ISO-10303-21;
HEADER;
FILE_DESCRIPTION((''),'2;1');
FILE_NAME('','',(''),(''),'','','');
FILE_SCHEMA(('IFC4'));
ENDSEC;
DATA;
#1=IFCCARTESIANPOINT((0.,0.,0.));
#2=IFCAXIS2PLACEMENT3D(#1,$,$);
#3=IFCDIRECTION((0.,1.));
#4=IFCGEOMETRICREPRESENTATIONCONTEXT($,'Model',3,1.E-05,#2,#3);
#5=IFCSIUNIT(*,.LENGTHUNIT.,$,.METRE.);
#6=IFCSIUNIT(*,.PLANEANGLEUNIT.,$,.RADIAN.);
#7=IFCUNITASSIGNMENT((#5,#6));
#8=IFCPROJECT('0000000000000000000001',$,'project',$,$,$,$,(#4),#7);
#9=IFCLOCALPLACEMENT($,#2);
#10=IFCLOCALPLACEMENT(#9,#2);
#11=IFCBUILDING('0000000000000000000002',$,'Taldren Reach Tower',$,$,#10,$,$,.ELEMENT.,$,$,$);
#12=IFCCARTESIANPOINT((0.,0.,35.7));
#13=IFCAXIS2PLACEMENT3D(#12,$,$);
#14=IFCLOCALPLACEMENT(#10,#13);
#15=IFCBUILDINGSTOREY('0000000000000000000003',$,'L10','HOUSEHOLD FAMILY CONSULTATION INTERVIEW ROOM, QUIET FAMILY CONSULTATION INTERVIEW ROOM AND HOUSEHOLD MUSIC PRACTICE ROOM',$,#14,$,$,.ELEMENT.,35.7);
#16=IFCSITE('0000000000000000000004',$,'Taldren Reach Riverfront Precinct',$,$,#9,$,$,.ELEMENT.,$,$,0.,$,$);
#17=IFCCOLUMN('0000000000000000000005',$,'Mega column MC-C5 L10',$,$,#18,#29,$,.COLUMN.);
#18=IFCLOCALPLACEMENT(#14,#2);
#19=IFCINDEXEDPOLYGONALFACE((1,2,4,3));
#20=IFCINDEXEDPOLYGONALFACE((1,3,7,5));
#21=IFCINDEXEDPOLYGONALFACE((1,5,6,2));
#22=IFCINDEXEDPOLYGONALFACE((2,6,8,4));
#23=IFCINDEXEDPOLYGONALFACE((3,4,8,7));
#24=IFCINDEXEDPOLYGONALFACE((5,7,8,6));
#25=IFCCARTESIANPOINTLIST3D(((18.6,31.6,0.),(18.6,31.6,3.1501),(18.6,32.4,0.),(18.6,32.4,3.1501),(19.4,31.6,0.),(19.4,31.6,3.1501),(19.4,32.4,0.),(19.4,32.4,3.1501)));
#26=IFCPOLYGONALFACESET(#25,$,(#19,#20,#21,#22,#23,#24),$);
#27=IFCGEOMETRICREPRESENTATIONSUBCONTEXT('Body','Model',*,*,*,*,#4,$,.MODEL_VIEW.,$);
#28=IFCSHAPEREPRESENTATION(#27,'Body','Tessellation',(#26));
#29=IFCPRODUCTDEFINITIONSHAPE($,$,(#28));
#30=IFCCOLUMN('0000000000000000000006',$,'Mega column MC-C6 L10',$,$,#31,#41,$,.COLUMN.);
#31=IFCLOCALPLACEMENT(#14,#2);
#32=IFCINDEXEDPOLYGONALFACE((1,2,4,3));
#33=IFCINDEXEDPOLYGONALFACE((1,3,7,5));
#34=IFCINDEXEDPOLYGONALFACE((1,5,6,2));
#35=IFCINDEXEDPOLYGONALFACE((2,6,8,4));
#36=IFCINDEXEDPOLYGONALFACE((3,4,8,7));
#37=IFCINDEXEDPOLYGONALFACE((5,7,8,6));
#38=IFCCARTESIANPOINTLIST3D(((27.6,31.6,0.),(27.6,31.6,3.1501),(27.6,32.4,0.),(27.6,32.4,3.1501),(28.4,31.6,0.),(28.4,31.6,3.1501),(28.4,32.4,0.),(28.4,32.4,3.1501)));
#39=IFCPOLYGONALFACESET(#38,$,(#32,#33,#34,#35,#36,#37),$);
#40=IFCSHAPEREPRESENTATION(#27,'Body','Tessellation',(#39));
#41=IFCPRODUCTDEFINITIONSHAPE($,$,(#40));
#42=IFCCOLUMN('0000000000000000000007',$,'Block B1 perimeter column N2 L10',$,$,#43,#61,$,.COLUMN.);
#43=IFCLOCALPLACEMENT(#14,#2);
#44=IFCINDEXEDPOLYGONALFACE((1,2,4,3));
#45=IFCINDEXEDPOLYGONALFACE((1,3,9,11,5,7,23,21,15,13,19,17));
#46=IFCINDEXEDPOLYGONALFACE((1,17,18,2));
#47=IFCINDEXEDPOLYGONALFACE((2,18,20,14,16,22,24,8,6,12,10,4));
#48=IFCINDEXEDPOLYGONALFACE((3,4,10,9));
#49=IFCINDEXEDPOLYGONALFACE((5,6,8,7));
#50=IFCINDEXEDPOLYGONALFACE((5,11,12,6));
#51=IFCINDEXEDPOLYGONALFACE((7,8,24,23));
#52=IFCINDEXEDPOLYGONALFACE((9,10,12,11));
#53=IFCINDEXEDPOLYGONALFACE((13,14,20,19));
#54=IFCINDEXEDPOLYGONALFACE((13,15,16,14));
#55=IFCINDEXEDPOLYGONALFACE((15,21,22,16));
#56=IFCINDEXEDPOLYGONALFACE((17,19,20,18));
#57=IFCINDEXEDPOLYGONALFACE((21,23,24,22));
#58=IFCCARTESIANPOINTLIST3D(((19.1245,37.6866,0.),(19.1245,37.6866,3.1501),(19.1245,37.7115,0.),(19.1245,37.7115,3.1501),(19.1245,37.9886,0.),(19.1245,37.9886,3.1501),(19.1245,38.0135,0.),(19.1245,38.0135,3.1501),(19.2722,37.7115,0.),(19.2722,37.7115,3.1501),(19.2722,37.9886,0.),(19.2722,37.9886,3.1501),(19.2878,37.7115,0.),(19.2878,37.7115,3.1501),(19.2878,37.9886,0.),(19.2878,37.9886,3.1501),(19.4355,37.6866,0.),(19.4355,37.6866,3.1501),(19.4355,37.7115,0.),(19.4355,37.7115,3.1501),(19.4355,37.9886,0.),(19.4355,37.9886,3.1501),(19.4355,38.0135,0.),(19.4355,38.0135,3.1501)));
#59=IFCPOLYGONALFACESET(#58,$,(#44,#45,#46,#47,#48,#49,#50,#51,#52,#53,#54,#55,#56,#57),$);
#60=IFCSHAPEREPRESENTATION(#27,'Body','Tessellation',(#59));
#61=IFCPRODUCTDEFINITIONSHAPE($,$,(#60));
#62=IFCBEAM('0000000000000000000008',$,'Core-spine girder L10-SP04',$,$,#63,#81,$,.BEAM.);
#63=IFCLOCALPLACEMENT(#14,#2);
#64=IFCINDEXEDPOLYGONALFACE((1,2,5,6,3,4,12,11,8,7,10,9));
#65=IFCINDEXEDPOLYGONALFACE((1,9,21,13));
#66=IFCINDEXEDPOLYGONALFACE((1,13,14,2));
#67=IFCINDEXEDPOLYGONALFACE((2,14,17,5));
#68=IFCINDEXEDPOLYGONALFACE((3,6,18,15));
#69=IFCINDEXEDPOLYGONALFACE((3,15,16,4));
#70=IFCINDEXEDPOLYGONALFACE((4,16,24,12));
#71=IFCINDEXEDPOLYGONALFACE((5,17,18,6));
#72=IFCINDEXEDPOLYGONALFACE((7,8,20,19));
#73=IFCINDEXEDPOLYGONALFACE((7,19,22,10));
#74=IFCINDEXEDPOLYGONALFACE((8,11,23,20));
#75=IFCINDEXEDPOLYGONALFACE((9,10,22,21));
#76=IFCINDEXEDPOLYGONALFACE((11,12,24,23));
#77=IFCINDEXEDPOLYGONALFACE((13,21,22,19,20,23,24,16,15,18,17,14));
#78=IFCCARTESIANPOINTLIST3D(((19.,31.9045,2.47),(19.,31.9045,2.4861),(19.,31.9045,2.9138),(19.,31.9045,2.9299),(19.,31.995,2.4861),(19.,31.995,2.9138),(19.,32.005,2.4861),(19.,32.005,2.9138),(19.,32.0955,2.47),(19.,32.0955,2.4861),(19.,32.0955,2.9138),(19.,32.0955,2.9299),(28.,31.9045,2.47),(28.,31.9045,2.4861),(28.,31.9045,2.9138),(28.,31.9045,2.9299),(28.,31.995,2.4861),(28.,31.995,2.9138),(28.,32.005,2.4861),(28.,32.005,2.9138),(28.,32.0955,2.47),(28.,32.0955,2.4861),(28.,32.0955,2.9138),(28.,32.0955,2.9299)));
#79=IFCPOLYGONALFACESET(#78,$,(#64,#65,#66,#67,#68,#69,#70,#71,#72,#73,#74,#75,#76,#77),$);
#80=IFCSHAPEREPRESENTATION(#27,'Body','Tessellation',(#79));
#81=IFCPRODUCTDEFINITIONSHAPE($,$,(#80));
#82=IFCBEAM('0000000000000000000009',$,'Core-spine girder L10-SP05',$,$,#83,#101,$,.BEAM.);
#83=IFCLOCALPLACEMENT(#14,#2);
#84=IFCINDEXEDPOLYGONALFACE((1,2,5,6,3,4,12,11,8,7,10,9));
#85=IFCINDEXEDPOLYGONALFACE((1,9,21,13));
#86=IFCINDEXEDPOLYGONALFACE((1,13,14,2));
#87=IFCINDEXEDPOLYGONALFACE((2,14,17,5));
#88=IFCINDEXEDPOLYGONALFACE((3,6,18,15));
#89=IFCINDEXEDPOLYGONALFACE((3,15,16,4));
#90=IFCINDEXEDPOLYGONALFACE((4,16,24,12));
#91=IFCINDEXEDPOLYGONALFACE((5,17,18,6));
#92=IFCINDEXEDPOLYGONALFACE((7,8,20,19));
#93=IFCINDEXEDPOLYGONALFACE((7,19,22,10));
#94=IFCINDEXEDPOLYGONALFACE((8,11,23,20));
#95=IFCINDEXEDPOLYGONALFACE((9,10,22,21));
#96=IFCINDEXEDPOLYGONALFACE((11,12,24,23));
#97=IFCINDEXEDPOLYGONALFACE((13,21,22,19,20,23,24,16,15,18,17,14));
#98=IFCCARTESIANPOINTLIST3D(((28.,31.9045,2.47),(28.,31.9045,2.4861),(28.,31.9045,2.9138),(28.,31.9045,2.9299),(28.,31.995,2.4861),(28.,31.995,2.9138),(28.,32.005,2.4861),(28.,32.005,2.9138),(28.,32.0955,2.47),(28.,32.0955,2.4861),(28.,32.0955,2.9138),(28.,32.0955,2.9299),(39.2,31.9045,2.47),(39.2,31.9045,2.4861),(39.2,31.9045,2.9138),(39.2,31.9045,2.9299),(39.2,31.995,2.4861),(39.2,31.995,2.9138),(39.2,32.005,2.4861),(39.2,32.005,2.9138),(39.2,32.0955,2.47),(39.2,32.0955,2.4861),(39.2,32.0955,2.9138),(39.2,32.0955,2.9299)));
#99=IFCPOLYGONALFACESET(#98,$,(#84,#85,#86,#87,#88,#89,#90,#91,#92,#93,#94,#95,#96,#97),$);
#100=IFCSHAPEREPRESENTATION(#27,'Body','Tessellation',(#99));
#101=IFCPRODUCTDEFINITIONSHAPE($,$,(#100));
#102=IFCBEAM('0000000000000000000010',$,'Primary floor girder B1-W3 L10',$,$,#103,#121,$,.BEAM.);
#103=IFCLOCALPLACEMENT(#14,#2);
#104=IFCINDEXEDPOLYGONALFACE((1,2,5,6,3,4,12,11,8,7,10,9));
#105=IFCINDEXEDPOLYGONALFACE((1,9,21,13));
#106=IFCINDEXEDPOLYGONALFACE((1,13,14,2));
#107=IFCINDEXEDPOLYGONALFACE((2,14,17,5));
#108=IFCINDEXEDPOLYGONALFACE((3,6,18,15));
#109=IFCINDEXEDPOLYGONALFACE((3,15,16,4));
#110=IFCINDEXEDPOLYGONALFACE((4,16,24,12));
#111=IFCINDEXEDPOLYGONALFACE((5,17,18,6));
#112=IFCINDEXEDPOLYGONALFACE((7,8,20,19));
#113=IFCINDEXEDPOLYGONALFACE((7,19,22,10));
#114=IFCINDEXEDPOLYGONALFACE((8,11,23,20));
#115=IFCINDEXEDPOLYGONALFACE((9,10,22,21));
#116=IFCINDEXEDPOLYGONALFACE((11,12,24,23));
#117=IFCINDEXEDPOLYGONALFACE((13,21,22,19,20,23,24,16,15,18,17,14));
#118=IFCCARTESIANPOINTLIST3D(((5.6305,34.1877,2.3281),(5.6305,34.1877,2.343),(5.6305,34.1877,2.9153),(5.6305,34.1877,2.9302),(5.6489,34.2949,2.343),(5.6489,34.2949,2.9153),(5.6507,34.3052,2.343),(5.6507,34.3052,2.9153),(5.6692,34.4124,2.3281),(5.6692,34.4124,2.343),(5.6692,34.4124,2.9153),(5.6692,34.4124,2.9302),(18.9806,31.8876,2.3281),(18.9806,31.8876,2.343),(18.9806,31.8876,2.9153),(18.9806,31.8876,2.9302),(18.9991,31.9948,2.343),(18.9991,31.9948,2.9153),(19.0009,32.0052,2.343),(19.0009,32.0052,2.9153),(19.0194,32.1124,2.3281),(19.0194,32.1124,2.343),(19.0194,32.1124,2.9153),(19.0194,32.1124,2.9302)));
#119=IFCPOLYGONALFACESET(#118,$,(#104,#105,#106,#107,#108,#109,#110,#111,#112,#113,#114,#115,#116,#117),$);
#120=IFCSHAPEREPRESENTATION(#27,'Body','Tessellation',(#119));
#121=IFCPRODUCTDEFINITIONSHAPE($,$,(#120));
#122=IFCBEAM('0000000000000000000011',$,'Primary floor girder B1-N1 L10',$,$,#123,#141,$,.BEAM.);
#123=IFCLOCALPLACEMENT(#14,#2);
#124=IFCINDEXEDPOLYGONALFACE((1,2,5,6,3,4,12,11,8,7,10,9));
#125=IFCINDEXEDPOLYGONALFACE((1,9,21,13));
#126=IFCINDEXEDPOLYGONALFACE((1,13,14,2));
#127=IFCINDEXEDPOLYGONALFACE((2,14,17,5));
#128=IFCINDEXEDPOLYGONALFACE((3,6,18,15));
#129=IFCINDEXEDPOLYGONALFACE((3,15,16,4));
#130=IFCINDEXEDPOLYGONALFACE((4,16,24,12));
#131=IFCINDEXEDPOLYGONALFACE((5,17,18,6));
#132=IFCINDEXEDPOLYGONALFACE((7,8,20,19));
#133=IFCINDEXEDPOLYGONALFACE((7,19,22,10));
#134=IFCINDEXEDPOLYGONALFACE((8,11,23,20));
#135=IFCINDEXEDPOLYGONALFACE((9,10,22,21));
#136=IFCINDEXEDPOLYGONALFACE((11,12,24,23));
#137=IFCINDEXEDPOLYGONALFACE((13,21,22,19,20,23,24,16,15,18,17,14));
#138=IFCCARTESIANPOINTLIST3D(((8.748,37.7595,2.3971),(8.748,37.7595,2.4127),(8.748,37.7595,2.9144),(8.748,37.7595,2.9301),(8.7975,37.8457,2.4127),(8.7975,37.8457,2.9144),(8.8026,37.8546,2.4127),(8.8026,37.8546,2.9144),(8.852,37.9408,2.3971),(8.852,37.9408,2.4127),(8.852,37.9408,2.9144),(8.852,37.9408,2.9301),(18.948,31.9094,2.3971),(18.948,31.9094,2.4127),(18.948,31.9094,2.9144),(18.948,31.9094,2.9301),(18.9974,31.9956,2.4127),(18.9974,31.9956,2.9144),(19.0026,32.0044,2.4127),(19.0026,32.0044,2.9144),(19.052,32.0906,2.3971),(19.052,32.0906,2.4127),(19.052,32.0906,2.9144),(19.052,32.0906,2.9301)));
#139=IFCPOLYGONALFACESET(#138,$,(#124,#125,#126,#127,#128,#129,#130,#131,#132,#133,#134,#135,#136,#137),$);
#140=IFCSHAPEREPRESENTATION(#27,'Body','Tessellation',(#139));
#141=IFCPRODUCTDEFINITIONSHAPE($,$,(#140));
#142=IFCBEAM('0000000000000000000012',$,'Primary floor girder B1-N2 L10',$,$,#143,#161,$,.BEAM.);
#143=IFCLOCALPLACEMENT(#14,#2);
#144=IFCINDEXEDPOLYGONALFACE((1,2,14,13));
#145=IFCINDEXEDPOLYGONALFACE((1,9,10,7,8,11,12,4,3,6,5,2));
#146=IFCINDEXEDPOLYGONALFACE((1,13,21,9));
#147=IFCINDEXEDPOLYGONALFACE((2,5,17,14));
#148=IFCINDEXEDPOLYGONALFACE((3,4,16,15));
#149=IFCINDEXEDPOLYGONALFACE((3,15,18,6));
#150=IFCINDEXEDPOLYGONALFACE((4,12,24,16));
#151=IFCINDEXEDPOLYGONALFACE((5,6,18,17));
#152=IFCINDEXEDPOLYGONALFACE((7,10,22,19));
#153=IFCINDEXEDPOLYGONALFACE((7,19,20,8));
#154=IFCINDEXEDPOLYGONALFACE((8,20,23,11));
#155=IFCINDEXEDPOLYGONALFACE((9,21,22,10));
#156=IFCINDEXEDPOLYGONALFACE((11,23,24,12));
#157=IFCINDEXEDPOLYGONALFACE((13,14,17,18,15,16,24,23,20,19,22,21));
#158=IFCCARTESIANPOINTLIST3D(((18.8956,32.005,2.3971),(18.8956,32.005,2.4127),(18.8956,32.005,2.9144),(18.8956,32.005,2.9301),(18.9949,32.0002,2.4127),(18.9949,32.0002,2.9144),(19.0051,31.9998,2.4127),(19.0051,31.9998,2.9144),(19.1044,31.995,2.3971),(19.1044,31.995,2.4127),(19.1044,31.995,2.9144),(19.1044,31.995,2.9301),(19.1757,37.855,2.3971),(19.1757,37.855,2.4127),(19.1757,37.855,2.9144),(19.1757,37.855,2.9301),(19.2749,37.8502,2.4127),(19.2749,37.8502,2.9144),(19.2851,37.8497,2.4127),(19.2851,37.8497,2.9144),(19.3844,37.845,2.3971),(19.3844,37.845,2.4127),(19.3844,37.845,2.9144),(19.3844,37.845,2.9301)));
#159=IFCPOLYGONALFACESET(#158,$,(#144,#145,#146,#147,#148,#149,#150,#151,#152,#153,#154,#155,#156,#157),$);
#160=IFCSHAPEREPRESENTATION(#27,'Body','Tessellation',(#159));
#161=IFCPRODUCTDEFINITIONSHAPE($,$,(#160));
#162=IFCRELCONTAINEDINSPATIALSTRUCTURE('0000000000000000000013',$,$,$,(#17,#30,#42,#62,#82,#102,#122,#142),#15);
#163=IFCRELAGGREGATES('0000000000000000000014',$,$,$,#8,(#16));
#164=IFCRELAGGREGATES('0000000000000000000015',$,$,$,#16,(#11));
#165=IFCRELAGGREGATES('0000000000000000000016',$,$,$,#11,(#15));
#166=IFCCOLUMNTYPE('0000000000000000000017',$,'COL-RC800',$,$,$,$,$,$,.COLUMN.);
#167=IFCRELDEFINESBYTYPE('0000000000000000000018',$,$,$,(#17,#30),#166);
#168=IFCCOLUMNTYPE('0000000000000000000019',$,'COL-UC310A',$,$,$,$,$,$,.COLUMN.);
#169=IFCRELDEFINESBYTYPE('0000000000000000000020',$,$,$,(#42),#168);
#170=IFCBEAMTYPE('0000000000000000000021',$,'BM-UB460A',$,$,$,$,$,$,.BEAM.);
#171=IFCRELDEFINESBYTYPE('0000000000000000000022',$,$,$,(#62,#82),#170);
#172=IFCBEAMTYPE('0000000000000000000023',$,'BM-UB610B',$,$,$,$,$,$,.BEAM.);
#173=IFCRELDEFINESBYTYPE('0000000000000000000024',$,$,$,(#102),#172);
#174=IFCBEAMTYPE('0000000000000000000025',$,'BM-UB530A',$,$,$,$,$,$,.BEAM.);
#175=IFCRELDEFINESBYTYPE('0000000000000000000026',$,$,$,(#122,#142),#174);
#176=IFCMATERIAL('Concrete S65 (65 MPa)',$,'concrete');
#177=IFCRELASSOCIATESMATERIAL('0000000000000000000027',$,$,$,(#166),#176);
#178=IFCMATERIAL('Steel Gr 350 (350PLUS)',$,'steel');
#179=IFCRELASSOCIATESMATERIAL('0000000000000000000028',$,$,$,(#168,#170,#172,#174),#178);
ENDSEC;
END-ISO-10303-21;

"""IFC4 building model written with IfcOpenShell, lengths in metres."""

from ifc_helpers import new_model, si_unit, direction, frame, origin, origin_2d, place, context, subcontext, project, spatial, rectangle, i_section, extrude, source, transform, mapped, material, material_profile, profile_set, type_object, element, save


model = new_model("IFC4")

# Units and contexts
model_context = context("Model", 3, precision=1e-05, world=origin(), true_north=direction((0.0, 1.0)))
body_context = subcontext(model_context, "Body", "Model", "MODEL_VIEW")
ifc_project = project(units=[si_unit("LENGTHUNIT", "METRE"), si_unit("PLANEANGLEUNIT", "RADIAN")], contexts=[model_context])

# Site, building, storey
site_placement = place(None, origin())
site = spatial("IfcSite", under=ifc_project, at=site_placement, Name="Taldren Reach Riverfront Precinct", CompositionType="ELEMENT", RefElevation=0.0)
building_placement = place(site_placement, origin())
building = spatial("IfcBuilding", under=site, at=building_placement, Name="Taldren Reach Tower", CompositionType="ELEMENT")
storey_placement = place(building_placement, frame((0.0, 0.0, 35.7)))
storey = spatial("IfcBuildingStorey", under=building, at=storey_placement, Name="L10", Description="HOUSEHOLD FAMILY CONSULTATION INTERVIEW ROOM, QUIET FAMILY CONSULTATION INTERVIEW ROOM AND HOUSEHOLD MUSIC PRACTICE ROOM", CompositionType="ELEMENT", Elevation=35.7)

# Columns
ifc_material_1 = material(Name="Concrete S65 (65 MPa)", Category="concrete")
ifc_material_profile_1 = material_profile(ifc_material_1, rectangle(XDim=0.8, YDim=0.8, at=origin_2d()), Name="RC-800x800")
ifc_profile_set_1 = profile_set([ifc_material_profile_1], Name="Concrete S65 (65 MPa)")
column_type_1 = type_object("IfcColumnType", Name="COL-RC800", PredefinedType="COLUMN", material=ifc_profile_set_1)
shared_shape_1 = source(origin(), body_context, "Body", "SweptSolid", [
    extrude(rectangle(XDim=0.8, YDim=0.8, at=origin_2d()), origin(), (0.0, 0.0, 1.0), 3.1501),
])
for number, where, z_axis, x_axis, name in (
    (1, (19.0, 32.0, 0.0), (0.0, 0.0, 1.0), (1.0, 0.0, 0.0), "Mega column MC-C5 L10"),
    (2, (28.0, 32.0, 0.0), (0.0, 0.0, 1.0), (1.0, 0.0, 0.0), "Mega column MC-C6 L10"),
):
    element("IfcColumn", number, at=place(storey_placement, frame(where, z_axis=z_axis, x_axis=x_axis)), inside=storey, type_object=column_type_1, Name=name, PredefinedType="COLUMN", context=body_context, shape_type="MappedRepresentation", body=[
        mapped(shared_shape_1, transform((0.0, 0.0, 0.0), scale=1.0)),
    ])
ifc_material_2 = material(Name="Steel Gr 350 (350PLUS)", Category="steel")
ifc_material_profile_2 = material_profile(ifc_material_2, i_section(OverallWidth=0.311, OverallDepth=0.3269, WebThickness=0.0156, FlangeThickness=0.0249, at=origin_2d()), Name="310UC158")
ifc_profile_set_2 = profile_set([ifc_material_profile_2], Name="Steel Gr 350 (350PLUS)")
column_type_2 = type_object("IfcColumnType", Name="COL-UC310A", PredefinedType="COLUMN", material=ifc_profile_set_2)
shared_shape_2 = source(origin(), body_context, "Body", "SweptSolid", [
    extrude(i_section(OverallWidth=0.311, OverallDepth=0.3269, WebThickness=0.0156, FlangeThickness=0.0249, at=origin_2d()), origin(), (0.0, 0.0, 1.0), 3.1501),
])
column_placement = place(storey_placement, frame((19.28, 37.8501, 0.0), z_axis=(0.0, 0.0, 1.0), x_axis=(1.0, 0.0, 0.0)))
element("IfcColumn", 3, at=column_placement, inside=storey, type_object=column_type_2, Name="Block B1 perimeter column N2 L10", PredefinedType="COLUMN", context=body_context, shape_type="MappedRepresentation", body=[
    mapped(shared_shape_2, transform((0.0, 0.0, 0.0), scale=1.0)),
])

# Beams
ifc_material_profile_3 = material_profile(ifc_material_2, i_section(OverallWidth=0.1909, OverallDepth=0.46, WebThickness=0.01, FlangeThickness=0.0161, at=origin_2d()), Name="460UB82.1")
ifc_profile_set_3 = profile_set([ifc_material_profile_3], Name="Steel Gr 350 (350PLUS)")
beam_type_1 = type_object("IfcBeamType", Name="BM-UB460A", PredefinedType="BEAM", material=ifc_profile_set_3)
shared_shape_3 = source(origin(), body_context, "Body", "SweptSolid", [
    extrude(i_section(OverallWidth=0.1909, OverallDepth=0.46, WebThickness=0.01, FlangeThickness=0.0161, at=origin_2d()), origin(), (0.0, 0.0, 1.0), 9.0),
])
beam_1_placement = place(storey_placement, frame((19.0, 32.0, 2.7), z_axis=(1.0, 0.0, 0.0), x_axis=(0.0, 1.0, 0.0)))
element("IfcBeam", 4, at=beam_1_placement, inside=storey, type_object=beam_type_1, Name="Core-spine girder L10-SP04", PredefinedType="BEAM", context=body_context, shape_type="MappedRepresentation", body=[
    mapped(shared_shape_3, transform((0.0, 0.0, 0.0), scale=1.0)),
])
shared_shape_4 = source(origin(), body_context, "Body", "SweptSolid", [
    extrude(i_section(OverallWidth=0.1909, OverallDepth=0.46, WebThickness=0.01, FlangeThickness=0.0161, at=origin_2d()), origin(), (0.0, 0.0, 1.0), 11.2),
])
beam_2_placement = place(storey_placement, frame((28.0, 32.0, 2.7), z_axis=(1.0, 0.0, 0.0), x_axis=(0.0, 1.0, 0.0)))
element("IfcBeam", 5, at=beam_2_placement, inside=storey, type_object=beam_type_1, Name="Core-spine girder L10-SP05", PredefinedType="BEAM", context=body_context, shape_type="MappedRepresentation", body=[
    mapped(shared_shape_4, transform((0.0, 0.0, 0.0), scale=1.0)),
])
ifc_material_profile_4 = material_profile(ifc_material_2, i_section(OverallWidth=0.228, OverallDepth=0.6021, WebThickness=0.0105, FlangeThickness=0.0149, at=origin_2d()), Name="610UB101")
ifc_profile_set_4 = profile_set([ifc_material_profile_4], Name="Steel Gr 350 (350PLUS)")
beam_type_2 = type_object("IfcBeamType", Name="BM-UB610B", PredefinedType="BEAM", material=ifc_profile_set_4)
shared_shape_5 = source(origin(), body_context, "Body", "SweptSolid", [
    extrude(i_section(OverallWidth=0.228, OverallDepth=0.6021, WebThickness=0.0105, FlangeThickness=0.0149, at=origin_2d()), origin(), (0.0, 0.0, 1.0), 13.5469),
])
beam_3_placement = place(storey_placement, frame((19.0, 32.0, 2.6292), z_axis=(-0.985481, 0.169786, 0.0), x_axis=(-0.169786, -0.985481, 0.0)))
element("IfcBeam", 6, at=beam_3_placement, inside=storey, type_object=beam_type_2, Name="Primary floor girder B1-W3 L10", PredefinedType="BEAM", context=body_context, shape_type="MappedRepresentation", body=[
    mapped(shared_shape_5, transform((0.0, 0.0, 0.0), scale=1.0)),
])
ifc_material_profile_5 = material_profile(ifc_material_2, i_section(OverallWidth=0.209, OverallDepth=0.533, WebThickness=0.0103, FlangeThickness=0.0156, at=origin_2d()), Name="530UB92.4")
ifc_profile_set_5 = profile_set([ifc_material_profile_5], Name="Steel Gr 350 (350PLUS)")
beam_type_3 = type_object("IfcBeamType", Name="BM-UB530A", PredefinedType="BEAM", material=ifc_profile_set_5)
shared_shape_6 = source(origin(), body_context, "Body", "SweptSolid", [
    extrude(i_section(OverallWidth=0.209, OverallDepth=0.533, WebThickness=0.0103, FlangeThickness=0.0156, at=origin_2d()), origin(), (0.0, 0.0, 1.0), 11.7585),
])
beam_4_placement = place(storey_placement, frame((19.0, 32.0, 2.6636), z_axis=(-0.867452, 0.49752, 0.0), x_axis=(-0.49752, -0.867452, 0.0)))
element("IfcBeam", 7, at=beam_4_placement, inside=storey, type_object=beam_type_3, Name="Primary floor girder B1-N1 L10", PredefinedType="BEAM", context=body_context, shape_type="MappedRepresentation", body=[
    mapped(shared_shape_6, transform((0.0, 0.0, 0.0), scale=1.0)),
])
shared_shape_7 = source(origin(), body_context, "Body", "SweptSolid", [
    extrude(i_section(OverallWidth=0.209, OverallDepth=0.533, WebThickness=0.0103, FlangeThickness=0.0156, at=origin_2d()), origin(), (0.0, 0.0, 1.0), 5.8567),
])
beam_5_placement = place(storey_placement, frame((19.0, 32.0, 2.6636), z_axis=(0.047813, 0.998856, 0.0), x_axis=(-0.998856, 0.047813, 0.0)))
element("IfcBeam", 8, at=beam_5_placement, inside=storey, type_object=beam_type_3, Name="Primary floor girder B1-N2 L10", PredefinedType="BEAM", context=body_context, shape_type="MappedRepresentation", body=[
    mapped(shared_shape_7, transform((0.0, 0.0, 0.0), scale=1.0)),
])

save(model, "model.ifc")
